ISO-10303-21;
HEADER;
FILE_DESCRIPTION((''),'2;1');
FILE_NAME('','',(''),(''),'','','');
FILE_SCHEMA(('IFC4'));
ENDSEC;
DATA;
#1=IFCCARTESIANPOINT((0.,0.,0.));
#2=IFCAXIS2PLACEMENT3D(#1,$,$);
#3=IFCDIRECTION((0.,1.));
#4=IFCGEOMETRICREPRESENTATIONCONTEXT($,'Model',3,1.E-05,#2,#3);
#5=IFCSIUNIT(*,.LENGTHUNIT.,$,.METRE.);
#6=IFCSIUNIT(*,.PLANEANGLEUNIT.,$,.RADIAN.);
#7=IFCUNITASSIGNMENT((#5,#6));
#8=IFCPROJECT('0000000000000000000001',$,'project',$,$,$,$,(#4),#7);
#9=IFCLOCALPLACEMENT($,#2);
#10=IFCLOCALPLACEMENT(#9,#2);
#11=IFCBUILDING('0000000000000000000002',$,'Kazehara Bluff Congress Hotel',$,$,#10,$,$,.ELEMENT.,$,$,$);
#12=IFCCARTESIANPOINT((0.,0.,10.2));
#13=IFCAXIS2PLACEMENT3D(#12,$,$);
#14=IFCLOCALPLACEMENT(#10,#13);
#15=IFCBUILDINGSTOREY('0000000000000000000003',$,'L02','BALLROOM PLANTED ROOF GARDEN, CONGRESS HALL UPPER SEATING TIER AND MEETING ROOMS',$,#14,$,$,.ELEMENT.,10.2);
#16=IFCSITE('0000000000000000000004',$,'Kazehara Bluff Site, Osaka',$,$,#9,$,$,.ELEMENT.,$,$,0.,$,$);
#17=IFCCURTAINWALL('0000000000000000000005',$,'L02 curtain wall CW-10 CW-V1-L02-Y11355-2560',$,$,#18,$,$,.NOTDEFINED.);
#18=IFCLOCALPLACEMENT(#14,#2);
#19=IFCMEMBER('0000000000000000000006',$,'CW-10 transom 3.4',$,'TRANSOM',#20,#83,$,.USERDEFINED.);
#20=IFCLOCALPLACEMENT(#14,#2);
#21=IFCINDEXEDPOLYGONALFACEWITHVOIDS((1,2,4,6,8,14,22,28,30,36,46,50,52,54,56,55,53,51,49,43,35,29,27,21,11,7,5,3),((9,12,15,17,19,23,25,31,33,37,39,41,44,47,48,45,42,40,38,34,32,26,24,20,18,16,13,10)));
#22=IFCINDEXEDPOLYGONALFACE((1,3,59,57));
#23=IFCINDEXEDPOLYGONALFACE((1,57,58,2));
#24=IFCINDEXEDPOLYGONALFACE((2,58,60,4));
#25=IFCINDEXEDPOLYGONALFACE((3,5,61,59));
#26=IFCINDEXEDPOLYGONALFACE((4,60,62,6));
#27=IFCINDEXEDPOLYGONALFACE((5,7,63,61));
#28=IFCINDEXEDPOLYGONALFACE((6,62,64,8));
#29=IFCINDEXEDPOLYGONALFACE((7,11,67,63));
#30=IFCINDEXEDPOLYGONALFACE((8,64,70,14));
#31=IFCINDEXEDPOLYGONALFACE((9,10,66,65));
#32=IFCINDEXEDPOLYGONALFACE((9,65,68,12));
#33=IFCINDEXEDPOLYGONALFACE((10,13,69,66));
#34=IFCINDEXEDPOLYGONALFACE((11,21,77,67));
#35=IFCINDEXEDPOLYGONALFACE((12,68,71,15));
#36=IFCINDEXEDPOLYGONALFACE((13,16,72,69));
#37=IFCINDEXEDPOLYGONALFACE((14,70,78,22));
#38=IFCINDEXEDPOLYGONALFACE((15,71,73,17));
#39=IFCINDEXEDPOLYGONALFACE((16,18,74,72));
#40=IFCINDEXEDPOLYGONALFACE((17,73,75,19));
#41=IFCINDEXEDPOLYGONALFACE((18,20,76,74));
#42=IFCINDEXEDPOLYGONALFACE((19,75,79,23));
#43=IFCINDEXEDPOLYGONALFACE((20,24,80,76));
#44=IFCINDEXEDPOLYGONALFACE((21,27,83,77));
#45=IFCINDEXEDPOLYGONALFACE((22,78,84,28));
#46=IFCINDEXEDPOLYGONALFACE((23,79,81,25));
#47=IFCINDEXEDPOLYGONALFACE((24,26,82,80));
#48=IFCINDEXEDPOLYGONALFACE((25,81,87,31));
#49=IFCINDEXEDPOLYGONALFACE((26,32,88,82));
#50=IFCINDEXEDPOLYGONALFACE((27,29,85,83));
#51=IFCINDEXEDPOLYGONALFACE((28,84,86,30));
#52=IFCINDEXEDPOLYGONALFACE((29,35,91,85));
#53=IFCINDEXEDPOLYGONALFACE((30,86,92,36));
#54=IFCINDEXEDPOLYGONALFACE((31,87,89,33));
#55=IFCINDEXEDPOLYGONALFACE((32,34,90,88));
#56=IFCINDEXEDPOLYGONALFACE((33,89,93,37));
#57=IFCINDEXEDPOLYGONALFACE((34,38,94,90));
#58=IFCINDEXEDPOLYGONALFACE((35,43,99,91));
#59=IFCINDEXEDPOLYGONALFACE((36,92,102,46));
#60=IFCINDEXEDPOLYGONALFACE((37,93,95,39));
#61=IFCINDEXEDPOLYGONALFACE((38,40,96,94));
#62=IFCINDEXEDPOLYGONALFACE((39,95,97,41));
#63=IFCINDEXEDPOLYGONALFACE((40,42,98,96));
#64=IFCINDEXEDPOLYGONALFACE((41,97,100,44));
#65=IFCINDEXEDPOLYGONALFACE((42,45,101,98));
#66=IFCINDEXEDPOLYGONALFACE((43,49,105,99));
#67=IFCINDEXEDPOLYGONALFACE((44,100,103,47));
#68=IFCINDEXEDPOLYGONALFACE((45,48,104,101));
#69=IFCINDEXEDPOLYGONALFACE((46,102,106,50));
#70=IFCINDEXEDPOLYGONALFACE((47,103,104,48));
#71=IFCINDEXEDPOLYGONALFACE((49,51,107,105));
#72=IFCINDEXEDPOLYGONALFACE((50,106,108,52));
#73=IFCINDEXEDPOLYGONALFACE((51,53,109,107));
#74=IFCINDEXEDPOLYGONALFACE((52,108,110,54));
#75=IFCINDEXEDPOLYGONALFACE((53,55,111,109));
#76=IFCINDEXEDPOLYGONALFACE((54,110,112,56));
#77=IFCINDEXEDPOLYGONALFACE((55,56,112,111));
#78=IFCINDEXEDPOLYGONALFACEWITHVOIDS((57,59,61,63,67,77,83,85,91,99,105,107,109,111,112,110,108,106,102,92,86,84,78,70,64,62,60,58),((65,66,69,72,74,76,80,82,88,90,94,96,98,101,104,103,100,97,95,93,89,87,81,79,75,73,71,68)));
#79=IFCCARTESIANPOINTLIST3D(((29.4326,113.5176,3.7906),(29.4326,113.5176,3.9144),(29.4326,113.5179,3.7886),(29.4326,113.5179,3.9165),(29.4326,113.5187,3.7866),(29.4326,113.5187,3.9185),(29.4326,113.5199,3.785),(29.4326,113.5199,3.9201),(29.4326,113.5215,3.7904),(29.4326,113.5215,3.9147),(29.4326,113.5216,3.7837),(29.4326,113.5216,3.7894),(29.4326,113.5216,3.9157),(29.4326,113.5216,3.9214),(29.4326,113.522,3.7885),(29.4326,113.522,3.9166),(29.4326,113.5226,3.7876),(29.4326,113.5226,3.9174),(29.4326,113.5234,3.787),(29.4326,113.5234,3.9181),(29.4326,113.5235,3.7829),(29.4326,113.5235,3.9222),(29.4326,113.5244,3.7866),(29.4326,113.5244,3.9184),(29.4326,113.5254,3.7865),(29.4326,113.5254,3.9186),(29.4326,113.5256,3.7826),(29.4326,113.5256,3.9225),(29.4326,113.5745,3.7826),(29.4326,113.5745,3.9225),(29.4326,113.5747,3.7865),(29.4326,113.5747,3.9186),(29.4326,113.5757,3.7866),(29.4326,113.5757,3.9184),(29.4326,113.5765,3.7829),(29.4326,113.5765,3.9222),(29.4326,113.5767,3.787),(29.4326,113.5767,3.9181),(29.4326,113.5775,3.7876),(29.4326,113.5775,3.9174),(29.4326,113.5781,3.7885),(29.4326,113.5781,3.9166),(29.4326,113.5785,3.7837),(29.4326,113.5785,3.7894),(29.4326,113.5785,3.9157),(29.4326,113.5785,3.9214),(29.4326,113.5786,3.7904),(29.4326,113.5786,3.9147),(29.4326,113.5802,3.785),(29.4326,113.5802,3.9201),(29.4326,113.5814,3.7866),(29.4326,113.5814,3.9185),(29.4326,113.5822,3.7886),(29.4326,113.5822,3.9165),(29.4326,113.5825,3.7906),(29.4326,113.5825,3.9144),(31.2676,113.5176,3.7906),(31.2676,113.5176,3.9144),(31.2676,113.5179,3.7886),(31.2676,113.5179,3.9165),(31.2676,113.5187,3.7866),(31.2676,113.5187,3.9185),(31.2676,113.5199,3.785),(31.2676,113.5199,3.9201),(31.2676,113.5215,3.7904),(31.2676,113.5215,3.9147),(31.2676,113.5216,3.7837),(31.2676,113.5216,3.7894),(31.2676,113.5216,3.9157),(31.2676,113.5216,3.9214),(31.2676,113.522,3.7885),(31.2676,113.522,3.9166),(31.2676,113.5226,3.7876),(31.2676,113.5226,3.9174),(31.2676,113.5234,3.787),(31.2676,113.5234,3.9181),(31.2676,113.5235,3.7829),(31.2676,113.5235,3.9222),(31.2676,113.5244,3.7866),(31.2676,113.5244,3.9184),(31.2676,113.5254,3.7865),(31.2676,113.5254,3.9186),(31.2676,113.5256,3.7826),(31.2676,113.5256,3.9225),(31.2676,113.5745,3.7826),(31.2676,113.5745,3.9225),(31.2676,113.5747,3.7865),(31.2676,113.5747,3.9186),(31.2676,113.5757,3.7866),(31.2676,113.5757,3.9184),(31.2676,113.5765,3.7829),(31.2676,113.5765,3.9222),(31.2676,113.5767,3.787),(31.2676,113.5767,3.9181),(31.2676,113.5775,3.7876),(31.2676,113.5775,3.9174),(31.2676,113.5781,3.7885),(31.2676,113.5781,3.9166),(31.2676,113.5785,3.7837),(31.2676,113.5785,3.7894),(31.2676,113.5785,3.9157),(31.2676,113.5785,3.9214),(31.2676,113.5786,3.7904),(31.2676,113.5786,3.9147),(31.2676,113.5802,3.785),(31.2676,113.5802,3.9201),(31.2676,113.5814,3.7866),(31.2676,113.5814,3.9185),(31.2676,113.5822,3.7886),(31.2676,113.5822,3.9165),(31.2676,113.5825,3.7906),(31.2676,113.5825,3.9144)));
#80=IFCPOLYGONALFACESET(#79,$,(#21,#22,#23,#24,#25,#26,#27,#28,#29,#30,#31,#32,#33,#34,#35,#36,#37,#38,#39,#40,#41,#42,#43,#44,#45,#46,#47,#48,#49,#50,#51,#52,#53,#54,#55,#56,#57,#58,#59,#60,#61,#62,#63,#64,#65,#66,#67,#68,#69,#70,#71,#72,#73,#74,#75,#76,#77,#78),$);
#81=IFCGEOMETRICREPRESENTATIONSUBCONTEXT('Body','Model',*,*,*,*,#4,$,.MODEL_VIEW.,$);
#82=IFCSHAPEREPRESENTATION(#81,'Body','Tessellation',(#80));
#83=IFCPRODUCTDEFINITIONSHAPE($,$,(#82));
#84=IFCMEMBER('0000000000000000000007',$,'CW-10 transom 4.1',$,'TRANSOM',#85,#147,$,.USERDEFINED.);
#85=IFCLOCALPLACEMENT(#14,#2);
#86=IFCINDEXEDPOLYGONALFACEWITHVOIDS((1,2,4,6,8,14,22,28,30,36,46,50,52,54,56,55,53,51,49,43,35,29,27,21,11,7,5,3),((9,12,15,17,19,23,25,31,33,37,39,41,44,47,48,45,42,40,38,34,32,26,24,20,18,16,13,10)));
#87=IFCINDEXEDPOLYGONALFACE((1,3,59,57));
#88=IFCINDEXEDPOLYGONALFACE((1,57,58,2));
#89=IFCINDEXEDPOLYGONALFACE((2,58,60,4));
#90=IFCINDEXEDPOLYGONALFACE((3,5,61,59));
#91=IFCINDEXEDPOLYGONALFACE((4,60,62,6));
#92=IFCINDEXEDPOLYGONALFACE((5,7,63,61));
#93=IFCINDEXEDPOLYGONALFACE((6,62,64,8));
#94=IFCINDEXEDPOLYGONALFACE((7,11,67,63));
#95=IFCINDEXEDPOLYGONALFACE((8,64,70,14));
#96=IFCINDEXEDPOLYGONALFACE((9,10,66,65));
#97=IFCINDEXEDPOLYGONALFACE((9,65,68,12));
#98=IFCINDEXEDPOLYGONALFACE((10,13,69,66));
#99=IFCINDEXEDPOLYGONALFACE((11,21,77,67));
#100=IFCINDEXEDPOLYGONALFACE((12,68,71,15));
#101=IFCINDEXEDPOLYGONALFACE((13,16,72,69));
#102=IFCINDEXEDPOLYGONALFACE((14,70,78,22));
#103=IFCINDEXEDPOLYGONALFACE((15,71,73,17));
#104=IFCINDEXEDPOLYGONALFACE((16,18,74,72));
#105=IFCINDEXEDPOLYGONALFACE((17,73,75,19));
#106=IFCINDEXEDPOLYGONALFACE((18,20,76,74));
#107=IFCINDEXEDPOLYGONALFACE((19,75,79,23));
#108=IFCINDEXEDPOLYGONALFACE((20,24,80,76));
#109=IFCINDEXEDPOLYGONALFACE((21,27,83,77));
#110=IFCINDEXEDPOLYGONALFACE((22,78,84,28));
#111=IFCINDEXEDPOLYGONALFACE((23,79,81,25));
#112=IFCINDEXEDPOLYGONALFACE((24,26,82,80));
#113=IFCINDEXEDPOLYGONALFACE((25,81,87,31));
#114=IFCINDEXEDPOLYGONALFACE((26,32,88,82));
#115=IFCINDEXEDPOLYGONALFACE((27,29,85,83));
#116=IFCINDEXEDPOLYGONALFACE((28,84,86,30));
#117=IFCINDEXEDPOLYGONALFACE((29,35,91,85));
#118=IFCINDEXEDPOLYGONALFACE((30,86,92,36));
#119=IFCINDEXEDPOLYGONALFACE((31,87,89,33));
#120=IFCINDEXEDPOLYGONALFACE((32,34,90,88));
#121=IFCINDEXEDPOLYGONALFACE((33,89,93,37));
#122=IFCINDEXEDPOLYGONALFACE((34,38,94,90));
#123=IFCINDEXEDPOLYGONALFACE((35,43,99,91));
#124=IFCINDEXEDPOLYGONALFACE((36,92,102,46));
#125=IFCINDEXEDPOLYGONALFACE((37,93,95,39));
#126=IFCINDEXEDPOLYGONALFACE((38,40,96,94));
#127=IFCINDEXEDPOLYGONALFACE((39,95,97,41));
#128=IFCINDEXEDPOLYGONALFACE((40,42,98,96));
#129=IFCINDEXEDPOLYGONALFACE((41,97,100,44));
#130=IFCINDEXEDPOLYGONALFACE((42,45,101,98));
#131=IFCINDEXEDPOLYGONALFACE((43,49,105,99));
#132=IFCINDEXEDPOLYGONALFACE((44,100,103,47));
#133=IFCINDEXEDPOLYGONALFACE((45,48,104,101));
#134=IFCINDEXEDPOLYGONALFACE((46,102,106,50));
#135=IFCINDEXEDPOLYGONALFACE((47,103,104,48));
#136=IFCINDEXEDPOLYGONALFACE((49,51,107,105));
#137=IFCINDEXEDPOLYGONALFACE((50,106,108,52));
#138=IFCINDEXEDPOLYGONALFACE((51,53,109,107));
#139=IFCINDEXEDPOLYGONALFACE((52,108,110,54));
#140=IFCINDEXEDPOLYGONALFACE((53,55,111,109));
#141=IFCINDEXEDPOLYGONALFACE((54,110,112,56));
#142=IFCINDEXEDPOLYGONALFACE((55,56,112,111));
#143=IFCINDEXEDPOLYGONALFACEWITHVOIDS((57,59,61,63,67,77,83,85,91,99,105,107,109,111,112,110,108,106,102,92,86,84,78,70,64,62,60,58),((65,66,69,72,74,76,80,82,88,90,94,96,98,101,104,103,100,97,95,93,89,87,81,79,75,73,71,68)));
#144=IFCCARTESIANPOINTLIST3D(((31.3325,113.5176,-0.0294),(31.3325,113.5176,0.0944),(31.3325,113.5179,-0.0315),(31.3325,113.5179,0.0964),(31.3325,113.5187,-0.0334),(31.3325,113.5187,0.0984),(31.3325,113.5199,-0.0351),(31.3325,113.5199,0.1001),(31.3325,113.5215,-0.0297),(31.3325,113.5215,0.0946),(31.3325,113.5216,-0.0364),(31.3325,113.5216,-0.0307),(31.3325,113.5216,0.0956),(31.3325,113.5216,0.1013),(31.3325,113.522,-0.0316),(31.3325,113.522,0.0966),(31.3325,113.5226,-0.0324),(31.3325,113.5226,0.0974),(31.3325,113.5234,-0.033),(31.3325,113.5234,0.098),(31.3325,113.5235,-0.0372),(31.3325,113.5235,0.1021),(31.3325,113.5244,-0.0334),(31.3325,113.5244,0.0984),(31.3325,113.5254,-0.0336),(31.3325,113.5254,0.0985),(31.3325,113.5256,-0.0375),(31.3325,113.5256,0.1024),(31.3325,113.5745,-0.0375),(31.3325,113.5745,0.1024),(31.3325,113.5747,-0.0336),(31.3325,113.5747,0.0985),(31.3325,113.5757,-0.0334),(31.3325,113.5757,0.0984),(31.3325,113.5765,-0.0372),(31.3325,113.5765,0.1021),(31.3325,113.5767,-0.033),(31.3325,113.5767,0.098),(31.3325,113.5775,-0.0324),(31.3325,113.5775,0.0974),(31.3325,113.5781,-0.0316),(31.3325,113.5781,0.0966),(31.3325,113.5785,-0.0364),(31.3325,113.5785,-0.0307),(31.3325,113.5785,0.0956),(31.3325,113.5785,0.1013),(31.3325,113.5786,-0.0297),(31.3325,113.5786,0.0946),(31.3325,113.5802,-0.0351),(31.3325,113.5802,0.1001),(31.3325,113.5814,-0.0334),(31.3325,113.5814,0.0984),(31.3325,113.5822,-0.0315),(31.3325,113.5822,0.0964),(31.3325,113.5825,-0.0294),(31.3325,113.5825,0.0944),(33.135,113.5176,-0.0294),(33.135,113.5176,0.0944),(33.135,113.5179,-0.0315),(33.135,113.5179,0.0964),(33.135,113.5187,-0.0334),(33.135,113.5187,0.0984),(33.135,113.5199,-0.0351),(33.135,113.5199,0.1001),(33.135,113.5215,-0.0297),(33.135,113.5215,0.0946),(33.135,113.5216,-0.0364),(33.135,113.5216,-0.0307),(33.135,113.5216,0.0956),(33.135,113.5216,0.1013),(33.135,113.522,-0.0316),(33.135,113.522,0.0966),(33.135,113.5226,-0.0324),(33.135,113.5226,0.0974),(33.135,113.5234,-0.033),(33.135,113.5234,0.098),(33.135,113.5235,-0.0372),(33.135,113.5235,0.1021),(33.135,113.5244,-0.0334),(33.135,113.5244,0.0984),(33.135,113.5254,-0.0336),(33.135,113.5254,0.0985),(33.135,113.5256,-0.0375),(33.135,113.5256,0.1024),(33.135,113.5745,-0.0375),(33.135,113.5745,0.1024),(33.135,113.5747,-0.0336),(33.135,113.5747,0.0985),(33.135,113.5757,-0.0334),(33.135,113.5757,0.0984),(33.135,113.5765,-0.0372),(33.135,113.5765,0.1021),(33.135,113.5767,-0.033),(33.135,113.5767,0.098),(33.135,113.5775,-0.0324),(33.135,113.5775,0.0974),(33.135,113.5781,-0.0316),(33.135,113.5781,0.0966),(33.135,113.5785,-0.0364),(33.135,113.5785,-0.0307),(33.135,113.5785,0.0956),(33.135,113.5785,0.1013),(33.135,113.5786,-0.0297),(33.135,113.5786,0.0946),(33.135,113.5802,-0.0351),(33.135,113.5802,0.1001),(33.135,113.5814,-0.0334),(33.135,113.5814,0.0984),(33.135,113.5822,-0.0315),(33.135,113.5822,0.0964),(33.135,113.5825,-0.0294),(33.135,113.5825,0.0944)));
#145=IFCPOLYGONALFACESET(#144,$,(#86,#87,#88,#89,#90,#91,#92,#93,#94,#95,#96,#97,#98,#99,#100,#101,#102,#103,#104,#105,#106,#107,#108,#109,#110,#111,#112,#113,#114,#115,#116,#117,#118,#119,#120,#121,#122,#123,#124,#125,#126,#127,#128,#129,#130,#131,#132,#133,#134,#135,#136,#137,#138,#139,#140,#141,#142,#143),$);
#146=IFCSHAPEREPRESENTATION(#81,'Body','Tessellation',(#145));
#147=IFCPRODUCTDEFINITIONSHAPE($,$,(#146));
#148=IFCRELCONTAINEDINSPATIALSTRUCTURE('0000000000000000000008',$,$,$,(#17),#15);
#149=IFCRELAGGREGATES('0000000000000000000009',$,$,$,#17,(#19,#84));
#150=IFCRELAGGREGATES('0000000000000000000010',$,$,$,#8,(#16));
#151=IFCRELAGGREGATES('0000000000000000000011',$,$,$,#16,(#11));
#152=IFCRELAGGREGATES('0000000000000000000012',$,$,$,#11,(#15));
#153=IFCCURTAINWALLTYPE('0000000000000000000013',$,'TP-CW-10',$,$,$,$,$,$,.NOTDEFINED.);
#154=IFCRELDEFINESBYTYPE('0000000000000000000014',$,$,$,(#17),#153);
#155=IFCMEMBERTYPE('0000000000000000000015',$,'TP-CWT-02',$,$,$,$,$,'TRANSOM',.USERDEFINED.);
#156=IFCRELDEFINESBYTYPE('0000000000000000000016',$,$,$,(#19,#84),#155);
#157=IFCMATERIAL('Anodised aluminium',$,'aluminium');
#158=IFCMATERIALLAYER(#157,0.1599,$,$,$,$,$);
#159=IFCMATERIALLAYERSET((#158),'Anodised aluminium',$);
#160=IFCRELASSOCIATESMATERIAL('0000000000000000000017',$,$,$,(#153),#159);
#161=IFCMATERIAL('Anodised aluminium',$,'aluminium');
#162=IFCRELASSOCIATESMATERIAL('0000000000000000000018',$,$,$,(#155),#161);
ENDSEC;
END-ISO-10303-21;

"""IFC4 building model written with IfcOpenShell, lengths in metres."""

from ifc_helpers import new_model, si_unit, direction, frame, origin, origin_2d, place, context, subcontext, project, spatial, hollow_rectangle, extrude, material, layer, layer_set, material_profile, profile_set, type_object, element, aggregate, save


model = new_model("IFC4")

# Units and contexts
model_context = context("Model", 3, precision=1e-05, world=origin(), true_north=direction((0.0, 1.0)))
body_context = subcontext(model_context, "Body", "Model", "MODEL_VIEW")
ifc_project = project(units=[si_unit("LENGTHUNIT", "METRE"), si_unit("PLANEANGLEUNIT", "RADIAN")], contexts=[model_context])

# Site, building, storey
site_placement = place(None, origin())
site = spatial("IfcSite", under=ifc_project, at=site_placement, Name="Kazehara Bluff Site, Osaka", CompositionType="ELEMENT", RefElevation=0.0)
building_placement = place(site_placement, origin())
building = spatial("IfcBuilding", under=site, at=building_placement, Name="Kazehara Bluff Congress Hotel", CompositionType="ELEMENT")
storey_placement = place(building_placement, frame((0.0, 0.0, 10.2)))
storey = spatial("IfcBuildingStorey", under=building, at=storey_placement, Name="L02", Description="BALLROOM PLANTED ROOF GARDEN, CONGRESS HALL UPPER SEATING TIER AND MEETING ROOMS", CompositionType="ELEMENT", Elevation=10.2)

# Curtain wall
ifc_material_1 = material(Name="Anodised aluminium", Category="aluminium")
ifc_layer_1 = layer(ifc_material_1, 0.1599)
ifc_layer_set_1 = layer_set([ifc_layer_1], Name="Anodised aluminium")
curtain_wall_type = type_object("IfcCurtainWallType", Name="TP-CW-10", PredefinedType="NOTDEFINED", material=ifc_layer_set_1)
curtain_wall_1_placement = place(storey_placement, origin())
curtain_wall_1 = element("IfcCurtainWall", 1, at=curtain_wall_1_placement, inside=storey, type_object=curtain_wall_type, Name="L02 curtain wall CW-10 CW-V1-L02-Y11355-2560", PredefinedType="NOTDEFINED")

# Members
ifc_material_2 = material(Name="Anodised aluminium", Category="aluminium")
ifc_material_profile_1 = material_profile(ifc_material_2, hollow_rectangle(XDim=0.0649, YDim=0.1399, WallThickness=0.0039, InnerFilletRadius=0.0039, OuterFilletRadius=0.0081, at=origin_2d()))
ifc_profile_set_1 = profile_set([ifc_material_profile_1], Name="Anodised aluminium")
member_type_1 = type_object("IfcMemberType", Name="TP-CWT-02", ElementType="TRANSOM", PredefinedType="USERDEFINED", material=ifc_profile_set_1)
member_1_placement = place(storey_placement, frame((29.4326, 113.55, 3.8525), z_axis=(1.0, 0.0, 0.0), x_axis=(0.0, 1.0, 0.0)))
member_1 = element("IfcMember", 2, at=member_1_placement, type_object=member_type_1, Name="CW-10 transom 3.4", ObjectType="TRANSOM", PredefinedType="USERDEFINED", context=body_context, shape_type="SweptSolid", body=[
    extrude(hollow_rectangle(XDim=0.0649, YDim=0.1399, WallThickness=0.0039, InnerFilletRadius=0.0039, OuterFilletRadius=0.0081, at=origin_2d()), origin(), (0.0, 0.0, 1.0), 1.835),
])
member_2_placement = place(storey_placement, frame((31.3325, 113.55, 0.0325), z_axis=(1.0, 0.0, 0.0), x_axis=(0.0, 1.0, 0.0)))
member_2 = element("IfcMember", 3, at=member_2_placement, type_object=member_type_1, Name="CW-10 transom 4.1", ObjectType="TRANSOM", PredefinedType="USERDEFINED", context=body_context, shape_type="SweptSolid", body=[
    extrude(hollow_rectangle(XDim=0.0649, YDim=0.1399, WallThickness=0.0039, InnerFilletRadius=0.0039, OuterFilletRadius=0.0081, at=origin_2d()), origin(), (0.0, 0.0, 1.0), 1.8025),
])

aggregate(curtain_wall_1, [member_1, member_2])

save(model, "model.ifc")
